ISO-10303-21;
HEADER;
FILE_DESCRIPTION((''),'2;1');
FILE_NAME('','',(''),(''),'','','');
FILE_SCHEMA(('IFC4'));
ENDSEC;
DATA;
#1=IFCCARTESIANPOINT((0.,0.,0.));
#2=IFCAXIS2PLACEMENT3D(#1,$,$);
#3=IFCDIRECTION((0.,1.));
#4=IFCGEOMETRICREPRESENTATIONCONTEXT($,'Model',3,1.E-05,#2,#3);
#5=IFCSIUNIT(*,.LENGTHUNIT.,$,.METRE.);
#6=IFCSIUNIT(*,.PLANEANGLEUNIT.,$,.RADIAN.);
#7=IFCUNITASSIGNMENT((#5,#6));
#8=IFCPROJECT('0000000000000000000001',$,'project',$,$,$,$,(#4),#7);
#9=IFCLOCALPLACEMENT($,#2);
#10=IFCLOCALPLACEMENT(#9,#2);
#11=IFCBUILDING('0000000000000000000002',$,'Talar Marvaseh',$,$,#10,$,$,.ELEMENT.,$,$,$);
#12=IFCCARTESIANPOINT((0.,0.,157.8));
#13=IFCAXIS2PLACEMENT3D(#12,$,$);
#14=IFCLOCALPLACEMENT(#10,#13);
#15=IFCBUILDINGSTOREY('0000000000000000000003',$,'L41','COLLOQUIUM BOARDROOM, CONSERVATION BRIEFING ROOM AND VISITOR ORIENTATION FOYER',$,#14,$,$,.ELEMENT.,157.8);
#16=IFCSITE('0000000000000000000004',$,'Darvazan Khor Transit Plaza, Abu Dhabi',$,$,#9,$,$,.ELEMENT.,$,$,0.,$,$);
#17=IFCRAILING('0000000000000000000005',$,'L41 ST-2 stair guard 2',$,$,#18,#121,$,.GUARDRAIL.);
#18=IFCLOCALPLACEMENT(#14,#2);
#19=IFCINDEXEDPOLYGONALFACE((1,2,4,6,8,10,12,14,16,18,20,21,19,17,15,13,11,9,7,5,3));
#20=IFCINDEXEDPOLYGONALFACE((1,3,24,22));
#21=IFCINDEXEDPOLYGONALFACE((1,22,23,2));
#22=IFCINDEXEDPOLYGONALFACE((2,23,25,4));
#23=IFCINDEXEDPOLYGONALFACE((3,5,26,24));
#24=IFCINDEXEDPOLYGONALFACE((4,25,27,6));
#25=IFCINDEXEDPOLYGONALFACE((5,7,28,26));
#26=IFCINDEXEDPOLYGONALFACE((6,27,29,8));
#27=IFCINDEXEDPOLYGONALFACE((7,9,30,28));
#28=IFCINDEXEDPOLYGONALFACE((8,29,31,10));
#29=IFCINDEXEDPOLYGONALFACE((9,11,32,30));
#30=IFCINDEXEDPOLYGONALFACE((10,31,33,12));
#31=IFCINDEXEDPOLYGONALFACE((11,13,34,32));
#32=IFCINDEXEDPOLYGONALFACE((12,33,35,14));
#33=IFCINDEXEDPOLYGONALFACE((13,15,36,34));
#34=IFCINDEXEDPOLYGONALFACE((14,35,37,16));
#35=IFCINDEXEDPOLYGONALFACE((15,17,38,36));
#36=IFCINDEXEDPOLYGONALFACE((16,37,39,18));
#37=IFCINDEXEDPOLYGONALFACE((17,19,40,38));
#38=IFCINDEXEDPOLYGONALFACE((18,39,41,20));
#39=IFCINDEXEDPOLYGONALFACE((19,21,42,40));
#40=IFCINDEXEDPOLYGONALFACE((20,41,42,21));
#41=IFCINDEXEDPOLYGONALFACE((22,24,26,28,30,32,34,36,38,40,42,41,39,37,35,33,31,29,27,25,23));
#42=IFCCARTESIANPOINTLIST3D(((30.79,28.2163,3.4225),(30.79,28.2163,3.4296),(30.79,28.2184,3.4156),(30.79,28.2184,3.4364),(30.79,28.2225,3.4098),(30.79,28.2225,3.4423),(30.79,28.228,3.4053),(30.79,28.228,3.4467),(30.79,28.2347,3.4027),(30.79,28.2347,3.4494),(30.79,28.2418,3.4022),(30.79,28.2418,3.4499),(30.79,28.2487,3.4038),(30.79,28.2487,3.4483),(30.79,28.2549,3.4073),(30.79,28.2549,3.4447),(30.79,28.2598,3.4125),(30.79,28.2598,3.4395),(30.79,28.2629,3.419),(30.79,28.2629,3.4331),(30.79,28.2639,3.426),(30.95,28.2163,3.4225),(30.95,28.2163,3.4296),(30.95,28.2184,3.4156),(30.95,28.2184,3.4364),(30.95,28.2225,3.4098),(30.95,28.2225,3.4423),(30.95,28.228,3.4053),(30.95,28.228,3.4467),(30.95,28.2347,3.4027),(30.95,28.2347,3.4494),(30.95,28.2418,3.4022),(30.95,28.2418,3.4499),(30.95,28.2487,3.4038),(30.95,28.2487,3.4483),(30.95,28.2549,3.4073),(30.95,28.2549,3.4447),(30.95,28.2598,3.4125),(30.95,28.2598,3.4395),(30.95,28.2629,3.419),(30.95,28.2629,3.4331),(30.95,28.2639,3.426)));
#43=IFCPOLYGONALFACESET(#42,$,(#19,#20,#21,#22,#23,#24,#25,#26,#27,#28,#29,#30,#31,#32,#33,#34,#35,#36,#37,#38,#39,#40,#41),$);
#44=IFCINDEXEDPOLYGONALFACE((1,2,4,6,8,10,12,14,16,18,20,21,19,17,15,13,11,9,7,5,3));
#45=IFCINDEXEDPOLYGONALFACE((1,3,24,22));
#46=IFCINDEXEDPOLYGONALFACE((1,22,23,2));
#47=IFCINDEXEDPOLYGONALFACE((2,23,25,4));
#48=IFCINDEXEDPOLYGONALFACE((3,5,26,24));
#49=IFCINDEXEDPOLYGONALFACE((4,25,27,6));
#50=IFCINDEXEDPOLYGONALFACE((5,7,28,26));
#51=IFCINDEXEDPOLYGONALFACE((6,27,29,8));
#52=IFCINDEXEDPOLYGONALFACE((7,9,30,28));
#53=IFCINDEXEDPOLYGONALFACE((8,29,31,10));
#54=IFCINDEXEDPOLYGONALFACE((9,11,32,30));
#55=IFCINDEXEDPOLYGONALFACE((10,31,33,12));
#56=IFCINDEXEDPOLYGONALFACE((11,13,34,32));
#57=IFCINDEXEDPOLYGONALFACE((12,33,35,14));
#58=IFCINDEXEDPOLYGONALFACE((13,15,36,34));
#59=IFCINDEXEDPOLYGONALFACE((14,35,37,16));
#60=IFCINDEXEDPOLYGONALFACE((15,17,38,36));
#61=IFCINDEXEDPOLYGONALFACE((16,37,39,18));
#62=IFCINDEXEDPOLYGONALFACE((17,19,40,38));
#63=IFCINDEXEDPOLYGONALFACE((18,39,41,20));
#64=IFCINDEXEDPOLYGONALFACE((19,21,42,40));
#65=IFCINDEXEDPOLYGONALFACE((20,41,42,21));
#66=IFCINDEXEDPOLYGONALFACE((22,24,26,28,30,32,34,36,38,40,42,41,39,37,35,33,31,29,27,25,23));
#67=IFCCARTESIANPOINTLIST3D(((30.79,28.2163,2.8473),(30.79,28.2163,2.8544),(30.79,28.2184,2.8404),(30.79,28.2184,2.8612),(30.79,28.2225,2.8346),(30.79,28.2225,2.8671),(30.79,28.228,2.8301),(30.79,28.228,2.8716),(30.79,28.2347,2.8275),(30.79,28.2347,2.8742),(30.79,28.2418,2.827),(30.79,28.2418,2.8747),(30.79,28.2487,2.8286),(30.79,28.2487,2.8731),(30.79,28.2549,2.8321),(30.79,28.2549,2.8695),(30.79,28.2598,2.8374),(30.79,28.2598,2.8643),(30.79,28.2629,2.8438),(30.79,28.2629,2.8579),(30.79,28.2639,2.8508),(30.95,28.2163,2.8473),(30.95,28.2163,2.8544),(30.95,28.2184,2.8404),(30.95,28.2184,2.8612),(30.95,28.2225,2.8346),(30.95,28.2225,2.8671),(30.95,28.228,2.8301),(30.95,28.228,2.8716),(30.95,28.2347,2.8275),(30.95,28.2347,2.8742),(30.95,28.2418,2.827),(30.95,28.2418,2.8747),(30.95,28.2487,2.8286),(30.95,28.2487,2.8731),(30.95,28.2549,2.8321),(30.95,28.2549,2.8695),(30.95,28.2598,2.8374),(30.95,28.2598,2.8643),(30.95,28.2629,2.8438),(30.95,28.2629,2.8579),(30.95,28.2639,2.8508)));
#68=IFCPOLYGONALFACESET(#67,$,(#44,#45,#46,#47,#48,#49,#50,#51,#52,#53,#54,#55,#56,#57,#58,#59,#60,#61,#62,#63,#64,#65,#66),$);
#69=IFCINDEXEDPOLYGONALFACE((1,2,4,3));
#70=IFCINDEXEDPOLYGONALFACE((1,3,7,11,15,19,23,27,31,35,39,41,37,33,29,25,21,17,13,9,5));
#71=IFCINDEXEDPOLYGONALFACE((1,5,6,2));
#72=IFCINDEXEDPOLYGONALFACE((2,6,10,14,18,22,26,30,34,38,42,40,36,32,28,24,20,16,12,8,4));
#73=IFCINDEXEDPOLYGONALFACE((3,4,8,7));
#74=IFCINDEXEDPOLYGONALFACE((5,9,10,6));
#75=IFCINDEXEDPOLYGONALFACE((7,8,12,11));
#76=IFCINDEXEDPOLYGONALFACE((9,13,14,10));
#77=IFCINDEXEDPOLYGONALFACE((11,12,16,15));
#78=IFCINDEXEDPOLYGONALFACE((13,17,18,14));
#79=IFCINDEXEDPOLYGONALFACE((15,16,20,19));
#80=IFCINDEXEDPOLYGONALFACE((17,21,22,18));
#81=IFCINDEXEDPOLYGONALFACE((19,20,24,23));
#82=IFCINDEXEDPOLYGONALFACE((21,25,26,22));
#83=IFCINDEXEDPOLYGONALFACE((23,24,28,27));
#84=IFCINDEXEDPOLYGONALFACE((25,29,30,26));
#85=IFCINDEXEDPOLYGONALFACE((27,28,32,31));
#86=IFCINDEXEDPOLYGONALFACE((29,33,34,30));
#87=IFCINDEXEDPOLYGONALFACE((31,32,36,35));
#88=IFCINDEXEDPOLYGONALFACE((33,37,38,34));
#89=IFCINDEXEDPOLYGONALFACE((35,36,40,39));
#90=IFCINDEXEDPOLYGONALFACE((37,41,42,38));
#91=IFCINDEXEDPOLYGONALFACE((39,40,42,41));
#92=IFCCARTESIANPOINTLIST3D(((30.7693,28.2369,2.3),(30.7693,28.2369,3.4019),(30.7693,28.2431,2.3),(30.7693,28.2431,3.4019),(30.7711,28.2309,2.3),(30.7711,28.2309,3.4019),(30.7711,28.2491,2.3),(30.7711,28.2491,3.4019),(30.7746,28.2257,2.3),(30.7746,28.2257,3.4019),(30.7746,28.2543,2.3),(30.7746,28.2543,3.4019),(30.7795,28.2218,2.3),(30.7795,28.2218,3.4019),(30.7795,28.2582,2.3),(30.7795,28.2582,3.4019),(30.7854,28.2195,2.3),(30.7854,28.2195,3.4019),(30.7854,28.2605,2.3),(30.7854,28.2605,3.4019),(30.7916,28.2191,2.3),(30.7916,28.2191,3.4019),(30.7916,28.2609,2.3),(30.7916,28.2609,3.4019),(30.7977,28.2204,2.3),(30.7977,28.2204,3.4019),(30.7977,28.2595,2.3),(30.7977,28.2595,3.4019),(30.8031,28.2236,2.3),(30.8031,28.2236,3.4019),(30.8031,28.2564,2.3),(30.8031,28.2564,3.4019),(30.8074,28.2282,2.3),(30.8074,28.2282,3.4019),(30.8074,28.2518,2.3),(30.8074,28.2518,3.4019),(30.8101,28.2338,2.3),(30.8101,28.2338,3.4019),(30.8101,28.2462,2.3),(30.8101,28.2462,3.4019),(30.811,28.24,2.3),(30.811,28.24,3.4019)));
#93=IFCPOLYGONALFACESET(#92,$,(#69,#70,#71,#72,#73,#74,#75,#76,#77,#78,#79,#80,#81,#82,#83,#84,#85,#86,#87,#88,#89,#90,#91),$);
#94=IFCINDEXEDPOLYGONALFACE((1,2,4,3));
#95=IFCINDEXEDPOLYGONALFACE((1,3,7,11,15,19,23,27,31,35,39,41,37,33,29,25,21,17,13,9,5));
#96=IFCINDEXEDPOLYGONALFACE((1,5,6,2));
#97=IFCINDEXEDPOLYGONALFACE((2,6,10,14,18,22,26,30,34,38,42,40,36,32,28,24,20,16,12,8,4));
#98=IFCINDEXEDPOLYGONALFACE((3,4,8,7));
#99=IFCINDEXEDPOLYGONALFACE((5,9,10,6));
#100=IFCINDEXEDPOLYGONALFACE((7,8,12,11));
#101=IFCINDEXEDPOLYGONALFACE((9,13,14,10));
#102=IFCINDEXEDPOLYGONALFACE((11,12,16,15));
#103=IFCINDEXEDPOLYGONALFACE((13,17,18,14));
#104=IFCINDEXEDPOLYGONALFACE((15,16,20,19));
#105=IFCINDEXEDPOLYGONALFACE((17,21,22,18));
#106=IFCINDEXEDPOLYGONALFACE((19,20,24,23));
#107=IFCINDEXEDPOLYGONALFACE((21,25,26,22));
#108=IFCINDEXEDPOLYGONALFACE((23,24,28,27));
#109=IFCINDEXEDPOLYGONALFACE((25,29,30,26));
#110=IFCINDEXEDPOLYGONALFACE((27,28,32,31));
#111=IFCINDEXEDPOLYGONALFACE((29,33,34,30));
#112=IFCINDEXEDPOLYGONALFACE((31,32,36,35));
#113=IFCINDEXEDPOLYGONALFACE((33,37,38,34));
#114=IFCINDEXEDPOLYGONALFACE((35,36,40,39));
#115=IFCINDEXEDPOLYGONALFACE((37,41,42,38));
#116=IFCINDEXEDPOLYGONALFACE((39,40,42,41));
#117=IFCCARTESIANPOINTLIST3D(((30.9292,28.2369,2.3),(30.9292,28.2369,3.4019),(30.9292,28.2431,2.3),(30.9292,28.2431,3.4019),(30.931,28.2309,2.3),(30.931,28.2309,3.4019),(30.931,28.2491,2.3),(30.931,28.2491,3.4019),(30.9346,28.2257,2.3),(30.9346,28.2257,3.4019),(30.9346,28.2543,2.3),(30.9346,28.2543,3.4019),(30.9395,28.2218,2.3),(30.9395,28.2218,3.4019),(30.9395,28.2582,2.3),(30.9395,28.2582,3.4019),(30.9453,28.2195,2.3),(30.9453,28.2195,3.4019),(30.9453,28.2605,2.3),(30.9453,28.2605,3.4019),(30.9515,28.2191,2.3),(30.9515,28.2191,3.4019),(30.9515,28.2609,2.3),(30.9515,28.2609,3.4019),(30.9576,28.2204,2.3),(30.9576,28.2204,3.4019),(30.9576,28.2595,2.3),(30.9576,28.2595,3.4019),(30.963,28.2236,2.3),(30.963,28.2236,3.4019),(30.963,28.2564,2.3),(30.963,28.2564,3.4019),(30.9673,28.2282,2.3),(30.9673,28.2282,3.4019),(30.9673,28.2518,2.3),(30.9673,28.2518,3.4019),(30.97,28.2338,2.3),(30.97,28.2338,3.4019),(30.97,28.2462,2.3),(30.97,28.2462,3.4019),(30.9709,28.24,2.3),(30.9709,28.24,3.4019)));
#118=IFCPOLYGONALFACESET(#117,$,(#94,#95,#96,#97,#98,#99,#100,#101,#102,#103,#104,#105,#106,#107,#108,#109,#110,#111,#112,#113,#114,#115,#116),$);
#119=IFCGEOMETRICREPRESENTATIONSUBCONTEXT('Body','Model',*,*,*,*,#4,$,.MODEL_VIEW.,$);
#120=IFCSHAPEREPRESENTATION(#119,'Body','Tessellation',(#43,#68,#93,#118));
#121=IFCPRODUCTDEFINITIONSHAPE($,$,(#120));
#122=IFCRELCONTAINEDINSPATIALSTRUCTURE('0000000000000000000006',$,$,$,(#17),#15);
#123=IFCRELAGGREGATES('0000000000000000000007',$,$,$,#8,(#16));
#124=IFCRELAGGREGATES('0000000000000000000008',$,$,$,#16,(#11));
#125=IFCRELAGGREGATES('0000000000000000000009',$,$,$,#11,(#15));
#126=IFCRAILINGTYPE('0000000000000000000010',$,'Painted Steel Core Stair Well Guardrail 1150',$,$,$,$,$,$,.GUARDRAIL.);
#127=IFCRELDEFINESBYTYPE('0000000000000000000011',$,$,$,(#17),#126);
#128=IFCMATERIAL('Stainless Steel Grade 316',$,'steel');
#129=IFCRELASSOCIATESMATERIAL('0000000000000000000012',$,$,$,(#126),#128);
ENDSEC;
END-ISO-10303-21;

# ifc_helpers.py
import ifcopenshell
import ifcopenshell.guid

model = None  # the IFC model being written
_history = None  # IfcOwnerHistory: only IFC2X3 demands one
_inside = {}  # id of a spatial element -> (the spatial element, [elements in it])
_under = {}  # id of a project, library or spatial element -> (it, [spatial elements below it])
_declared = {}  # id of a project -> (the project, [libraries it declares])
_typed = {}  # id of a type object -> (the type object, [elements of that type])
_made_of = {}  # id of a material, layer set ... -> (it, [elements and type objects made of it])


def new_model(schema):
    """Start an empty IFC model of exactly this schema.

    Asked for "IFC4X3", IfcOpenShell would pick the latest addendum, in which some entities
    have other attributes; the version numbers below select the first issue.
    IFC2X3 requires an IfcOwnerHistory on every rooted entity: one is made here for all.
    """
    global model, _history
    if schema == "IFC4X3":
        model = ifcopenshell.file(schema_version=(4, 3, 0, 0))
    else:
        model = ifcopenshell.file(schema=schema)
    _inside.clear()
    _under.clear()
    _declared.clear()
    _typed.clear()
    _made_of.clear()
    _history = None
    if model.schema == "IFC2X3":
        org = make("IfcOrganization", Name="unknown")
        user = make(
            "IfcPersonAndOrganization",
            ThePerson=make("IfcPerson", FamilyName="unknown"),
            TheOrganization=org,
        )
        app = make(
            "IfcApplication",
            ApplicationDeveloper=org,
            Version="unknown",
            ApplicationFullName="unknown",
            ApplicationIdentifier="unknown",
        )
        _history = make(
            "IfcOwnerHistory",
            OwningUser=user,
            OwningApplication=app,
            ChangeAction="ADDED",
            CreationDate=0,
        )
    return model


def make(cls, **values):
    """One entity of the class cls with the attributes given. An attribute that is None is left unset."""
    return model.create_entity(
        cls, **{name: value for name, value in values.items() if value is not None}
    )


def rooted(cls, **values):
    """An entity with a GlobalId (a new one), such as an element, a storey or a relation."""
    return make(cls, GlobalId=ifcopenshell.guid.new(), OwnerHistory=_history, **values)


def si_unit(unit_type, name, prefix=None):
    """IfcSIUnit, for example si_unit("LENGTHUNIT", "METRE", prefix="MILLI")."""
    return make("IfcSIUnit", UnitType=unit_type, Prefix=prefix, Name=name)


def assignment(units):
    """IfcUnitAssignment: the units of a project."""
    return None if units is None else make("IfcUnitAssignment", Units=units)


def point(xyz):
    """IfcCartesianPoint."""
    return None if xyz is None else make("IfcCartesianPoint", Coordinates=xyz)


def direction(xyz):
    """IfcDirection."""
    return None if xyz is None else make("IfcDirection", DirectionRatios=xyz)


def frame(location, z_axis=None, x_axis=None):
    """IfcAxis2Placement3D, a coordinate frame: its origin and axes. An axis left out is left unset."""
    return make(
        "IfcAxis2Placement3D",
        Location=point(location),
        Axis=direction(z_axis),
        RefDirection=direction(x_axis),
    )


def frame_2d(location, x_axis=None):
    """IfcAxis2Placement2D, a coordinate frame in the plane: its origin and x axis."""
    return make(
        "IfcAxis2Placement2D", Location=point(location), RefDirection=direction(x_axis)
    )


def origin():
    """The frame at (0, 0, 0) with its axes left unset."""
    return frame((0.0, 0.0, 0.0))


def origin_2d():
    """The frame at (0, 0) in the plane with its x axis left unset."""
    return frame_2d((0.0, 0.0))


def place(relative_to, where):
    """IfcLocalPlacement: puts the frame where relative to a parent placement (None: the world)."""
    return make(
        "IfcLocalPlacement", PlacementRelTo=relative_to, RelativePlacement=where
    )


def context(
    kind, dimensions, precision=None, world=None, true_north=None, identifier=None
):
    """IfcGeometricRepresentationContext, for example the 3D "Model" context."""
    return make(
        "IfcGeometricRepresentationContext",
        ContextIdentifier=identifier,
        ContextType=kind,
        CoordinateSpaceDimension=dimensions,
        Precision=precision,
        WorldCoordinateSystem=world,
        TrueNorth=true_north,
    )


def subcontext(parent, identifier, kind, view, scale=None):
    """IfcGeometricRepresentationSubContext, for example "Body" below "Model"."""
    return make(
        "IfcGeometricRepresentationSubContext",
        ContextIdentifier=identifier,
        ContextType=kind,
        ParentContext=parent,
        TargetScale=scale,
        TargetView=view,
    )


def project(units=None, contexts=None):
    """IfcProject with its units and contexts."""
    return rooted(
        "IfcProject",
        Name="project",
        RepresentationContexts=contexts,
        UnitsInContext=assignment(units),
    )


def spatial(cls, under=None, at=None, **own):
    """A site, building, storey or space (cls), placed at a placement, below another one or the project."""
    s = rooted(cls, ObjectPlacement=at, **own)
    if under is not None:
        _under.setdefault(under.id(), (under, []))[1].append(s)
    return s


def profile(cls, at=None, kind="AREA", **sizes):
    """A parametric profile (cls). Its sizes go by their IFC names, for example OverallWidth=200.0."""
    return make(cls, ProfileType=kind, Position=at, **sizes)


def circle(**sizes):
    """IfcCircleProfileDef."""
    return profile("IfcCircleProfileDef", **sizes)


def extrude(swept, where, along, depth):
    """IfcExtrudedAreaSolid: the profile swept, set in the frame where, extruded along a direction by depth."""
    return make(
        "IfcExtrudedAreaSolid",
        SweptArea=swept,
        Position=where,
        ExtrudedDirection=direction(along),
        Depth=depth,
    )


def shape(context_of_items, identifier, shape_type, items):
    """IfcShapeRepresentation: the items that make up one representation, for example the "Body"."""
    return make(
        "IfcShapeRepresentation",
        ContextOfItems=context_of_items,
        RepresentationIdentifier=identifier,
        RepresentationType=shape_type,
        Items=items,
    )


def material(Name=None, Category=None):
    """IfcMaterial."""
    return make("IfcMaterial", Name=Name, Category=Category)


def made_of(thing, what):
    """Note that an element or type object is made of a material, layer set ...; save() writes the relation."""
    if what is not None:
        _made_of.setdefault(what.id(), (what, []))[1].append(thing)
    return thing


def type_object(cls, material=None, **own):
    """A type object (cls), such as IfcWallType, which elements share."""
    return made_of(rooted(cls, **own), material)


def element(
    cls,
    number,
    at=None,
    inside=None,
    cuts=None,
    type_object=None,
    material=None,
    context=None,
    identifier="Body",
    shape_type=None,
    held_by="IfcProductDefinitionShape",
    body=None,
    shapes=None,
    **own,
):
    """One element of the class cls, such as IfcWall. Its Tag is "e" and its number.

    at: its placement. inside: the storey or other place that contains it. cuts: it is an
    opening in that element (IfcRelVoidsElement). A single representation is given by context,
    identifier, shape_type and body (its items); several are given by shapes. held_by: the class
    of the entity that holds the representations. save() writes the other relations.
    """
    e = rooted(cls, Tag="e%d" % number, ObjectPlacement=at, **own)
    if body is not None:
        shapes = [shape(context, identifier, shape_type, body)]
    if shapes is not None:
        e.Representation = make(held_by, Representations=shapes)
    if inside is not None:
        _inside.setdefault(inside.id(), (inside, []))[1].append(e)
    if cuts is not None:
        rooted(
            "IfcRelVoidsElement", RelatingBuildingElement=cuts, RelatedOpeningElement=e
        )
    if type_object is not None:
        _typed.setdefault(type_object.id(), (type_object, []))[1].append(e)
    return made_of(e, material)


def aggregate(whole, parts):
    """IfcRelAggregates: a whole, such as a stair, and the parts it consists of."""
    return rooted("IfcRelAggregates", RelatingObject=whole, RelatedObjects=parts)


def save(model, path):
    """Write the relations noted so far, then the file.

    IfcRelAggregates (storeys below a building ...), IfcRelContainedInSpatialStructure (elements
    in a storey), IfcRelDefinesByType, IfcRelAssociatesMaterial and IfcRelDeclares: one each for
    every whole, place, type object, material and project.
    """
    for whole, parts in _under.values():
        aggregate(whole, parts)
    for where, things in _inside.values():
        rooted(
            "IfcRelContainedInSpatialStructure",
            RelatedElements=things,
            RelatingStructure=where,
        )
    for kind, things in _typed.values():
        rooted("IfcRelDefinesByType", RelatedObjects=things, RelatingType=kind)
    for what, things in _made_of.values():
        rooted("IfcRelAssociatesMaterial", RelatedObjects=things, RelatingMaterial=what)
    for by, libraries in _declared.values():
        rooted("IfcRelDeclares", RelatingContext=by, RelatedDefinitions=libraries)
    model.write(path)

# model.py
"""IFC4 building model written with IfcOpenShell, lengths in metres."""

from ifc_helpers import new_model, si_unit, direction, frame, origin, origin_2d, place, context, subcontext, project, spatial, circle, extrude, material, type_object, element, save


model = new_model("IFC4")

# Units and contexts
model_context = context("Model", 3, precision=1e-05, world=origin(), true_north=direction((0.0, 1.0)))
body_context = subcontext(model_context, "Body", "Model", "MODEL_VIEW")
ifc_project = project(units=[si_unit("LENGTHUNIT", "METRE"), si_unit("PLANEANGLEUNIT", "RADIAN")], contexts=[model_context])

# Site, building, storey
site_placement = place(None, origin())
site = spatial("IfcSite", under=ifc_project, at=site_placement, Name="Darvazan Khor Transit Plaza, Abu Dhabi", CompositionType="ELEMENT", RefElevation=0.0)
building_placement = place(site_placement, origin())
building = spatial("IfcBuilding", under=site, at=building_placement, Name="Talar Marvaseh", CompositionType="ELEMENT")
storey_placement = place(building_placement, frame((0.0, 0.0, 157.8)))
storey = spatial("IfcBuildingStorey", under=building, at=storey_placement, Name="L41", Description="COLLOQUIUM BOARDROOM, CONSERVATION BRIEFING ROOM AND VISITOR ORIENTATION FOYER", CompositionType="ELEMENT", Elevation=157.8)

# Railing
ifc_material_1 = material(Name="Stainless Steel Grade 316", Category="steel")
railing_type_1 = type_object("IfcRailingType", Name="Painted Steel Core Stair Well Guardrail 1150", PredefinedType="GUARDRAIL", material=ifc_material_1)
railing_1_placement = place(storey_placement, frame((30.79, 28.24, 2.3)))
element("IfcRailing", 1, at=railing_1_placement, inside=storey, type_object=railing_type_1, Name="L41 ST-2 stair guard 2", PredefinedType="GUARDRAIL", context=body_context, shape_type="SweptSolid", body=[
    extrude(circle(Radius=0.0239, at=origin_2d()), frame((0.0, 0.0, 1.126), z_axis=(1.0, 0.0, 0.0), x_axis=(0.0, 1.0, 0.0)), (0.0, 0.0, 1.0), 0.1599),
    extrude(circle(Radius=0.0239, at=origin_2d()), frame((0.0, 0.0, 0.5508), z_axis=(1.0, 0.0, 0.0), x_axis=(0.0, 1.0, 0.0)), (0.0, 0.0, 1.0), 0.1599),
    extrude(circle(Radius=0.021, at=origin_2d()), origin(), (0.0, 0.0, 1.0), 1.1018),
    extrude(circle(Radius=0.021, at=origin_2d()), frame((0.1599, 0.0, 0.0)), (0.0, 0.0, 1.0), 1.1018),
])

save(model, "model.ifc")
